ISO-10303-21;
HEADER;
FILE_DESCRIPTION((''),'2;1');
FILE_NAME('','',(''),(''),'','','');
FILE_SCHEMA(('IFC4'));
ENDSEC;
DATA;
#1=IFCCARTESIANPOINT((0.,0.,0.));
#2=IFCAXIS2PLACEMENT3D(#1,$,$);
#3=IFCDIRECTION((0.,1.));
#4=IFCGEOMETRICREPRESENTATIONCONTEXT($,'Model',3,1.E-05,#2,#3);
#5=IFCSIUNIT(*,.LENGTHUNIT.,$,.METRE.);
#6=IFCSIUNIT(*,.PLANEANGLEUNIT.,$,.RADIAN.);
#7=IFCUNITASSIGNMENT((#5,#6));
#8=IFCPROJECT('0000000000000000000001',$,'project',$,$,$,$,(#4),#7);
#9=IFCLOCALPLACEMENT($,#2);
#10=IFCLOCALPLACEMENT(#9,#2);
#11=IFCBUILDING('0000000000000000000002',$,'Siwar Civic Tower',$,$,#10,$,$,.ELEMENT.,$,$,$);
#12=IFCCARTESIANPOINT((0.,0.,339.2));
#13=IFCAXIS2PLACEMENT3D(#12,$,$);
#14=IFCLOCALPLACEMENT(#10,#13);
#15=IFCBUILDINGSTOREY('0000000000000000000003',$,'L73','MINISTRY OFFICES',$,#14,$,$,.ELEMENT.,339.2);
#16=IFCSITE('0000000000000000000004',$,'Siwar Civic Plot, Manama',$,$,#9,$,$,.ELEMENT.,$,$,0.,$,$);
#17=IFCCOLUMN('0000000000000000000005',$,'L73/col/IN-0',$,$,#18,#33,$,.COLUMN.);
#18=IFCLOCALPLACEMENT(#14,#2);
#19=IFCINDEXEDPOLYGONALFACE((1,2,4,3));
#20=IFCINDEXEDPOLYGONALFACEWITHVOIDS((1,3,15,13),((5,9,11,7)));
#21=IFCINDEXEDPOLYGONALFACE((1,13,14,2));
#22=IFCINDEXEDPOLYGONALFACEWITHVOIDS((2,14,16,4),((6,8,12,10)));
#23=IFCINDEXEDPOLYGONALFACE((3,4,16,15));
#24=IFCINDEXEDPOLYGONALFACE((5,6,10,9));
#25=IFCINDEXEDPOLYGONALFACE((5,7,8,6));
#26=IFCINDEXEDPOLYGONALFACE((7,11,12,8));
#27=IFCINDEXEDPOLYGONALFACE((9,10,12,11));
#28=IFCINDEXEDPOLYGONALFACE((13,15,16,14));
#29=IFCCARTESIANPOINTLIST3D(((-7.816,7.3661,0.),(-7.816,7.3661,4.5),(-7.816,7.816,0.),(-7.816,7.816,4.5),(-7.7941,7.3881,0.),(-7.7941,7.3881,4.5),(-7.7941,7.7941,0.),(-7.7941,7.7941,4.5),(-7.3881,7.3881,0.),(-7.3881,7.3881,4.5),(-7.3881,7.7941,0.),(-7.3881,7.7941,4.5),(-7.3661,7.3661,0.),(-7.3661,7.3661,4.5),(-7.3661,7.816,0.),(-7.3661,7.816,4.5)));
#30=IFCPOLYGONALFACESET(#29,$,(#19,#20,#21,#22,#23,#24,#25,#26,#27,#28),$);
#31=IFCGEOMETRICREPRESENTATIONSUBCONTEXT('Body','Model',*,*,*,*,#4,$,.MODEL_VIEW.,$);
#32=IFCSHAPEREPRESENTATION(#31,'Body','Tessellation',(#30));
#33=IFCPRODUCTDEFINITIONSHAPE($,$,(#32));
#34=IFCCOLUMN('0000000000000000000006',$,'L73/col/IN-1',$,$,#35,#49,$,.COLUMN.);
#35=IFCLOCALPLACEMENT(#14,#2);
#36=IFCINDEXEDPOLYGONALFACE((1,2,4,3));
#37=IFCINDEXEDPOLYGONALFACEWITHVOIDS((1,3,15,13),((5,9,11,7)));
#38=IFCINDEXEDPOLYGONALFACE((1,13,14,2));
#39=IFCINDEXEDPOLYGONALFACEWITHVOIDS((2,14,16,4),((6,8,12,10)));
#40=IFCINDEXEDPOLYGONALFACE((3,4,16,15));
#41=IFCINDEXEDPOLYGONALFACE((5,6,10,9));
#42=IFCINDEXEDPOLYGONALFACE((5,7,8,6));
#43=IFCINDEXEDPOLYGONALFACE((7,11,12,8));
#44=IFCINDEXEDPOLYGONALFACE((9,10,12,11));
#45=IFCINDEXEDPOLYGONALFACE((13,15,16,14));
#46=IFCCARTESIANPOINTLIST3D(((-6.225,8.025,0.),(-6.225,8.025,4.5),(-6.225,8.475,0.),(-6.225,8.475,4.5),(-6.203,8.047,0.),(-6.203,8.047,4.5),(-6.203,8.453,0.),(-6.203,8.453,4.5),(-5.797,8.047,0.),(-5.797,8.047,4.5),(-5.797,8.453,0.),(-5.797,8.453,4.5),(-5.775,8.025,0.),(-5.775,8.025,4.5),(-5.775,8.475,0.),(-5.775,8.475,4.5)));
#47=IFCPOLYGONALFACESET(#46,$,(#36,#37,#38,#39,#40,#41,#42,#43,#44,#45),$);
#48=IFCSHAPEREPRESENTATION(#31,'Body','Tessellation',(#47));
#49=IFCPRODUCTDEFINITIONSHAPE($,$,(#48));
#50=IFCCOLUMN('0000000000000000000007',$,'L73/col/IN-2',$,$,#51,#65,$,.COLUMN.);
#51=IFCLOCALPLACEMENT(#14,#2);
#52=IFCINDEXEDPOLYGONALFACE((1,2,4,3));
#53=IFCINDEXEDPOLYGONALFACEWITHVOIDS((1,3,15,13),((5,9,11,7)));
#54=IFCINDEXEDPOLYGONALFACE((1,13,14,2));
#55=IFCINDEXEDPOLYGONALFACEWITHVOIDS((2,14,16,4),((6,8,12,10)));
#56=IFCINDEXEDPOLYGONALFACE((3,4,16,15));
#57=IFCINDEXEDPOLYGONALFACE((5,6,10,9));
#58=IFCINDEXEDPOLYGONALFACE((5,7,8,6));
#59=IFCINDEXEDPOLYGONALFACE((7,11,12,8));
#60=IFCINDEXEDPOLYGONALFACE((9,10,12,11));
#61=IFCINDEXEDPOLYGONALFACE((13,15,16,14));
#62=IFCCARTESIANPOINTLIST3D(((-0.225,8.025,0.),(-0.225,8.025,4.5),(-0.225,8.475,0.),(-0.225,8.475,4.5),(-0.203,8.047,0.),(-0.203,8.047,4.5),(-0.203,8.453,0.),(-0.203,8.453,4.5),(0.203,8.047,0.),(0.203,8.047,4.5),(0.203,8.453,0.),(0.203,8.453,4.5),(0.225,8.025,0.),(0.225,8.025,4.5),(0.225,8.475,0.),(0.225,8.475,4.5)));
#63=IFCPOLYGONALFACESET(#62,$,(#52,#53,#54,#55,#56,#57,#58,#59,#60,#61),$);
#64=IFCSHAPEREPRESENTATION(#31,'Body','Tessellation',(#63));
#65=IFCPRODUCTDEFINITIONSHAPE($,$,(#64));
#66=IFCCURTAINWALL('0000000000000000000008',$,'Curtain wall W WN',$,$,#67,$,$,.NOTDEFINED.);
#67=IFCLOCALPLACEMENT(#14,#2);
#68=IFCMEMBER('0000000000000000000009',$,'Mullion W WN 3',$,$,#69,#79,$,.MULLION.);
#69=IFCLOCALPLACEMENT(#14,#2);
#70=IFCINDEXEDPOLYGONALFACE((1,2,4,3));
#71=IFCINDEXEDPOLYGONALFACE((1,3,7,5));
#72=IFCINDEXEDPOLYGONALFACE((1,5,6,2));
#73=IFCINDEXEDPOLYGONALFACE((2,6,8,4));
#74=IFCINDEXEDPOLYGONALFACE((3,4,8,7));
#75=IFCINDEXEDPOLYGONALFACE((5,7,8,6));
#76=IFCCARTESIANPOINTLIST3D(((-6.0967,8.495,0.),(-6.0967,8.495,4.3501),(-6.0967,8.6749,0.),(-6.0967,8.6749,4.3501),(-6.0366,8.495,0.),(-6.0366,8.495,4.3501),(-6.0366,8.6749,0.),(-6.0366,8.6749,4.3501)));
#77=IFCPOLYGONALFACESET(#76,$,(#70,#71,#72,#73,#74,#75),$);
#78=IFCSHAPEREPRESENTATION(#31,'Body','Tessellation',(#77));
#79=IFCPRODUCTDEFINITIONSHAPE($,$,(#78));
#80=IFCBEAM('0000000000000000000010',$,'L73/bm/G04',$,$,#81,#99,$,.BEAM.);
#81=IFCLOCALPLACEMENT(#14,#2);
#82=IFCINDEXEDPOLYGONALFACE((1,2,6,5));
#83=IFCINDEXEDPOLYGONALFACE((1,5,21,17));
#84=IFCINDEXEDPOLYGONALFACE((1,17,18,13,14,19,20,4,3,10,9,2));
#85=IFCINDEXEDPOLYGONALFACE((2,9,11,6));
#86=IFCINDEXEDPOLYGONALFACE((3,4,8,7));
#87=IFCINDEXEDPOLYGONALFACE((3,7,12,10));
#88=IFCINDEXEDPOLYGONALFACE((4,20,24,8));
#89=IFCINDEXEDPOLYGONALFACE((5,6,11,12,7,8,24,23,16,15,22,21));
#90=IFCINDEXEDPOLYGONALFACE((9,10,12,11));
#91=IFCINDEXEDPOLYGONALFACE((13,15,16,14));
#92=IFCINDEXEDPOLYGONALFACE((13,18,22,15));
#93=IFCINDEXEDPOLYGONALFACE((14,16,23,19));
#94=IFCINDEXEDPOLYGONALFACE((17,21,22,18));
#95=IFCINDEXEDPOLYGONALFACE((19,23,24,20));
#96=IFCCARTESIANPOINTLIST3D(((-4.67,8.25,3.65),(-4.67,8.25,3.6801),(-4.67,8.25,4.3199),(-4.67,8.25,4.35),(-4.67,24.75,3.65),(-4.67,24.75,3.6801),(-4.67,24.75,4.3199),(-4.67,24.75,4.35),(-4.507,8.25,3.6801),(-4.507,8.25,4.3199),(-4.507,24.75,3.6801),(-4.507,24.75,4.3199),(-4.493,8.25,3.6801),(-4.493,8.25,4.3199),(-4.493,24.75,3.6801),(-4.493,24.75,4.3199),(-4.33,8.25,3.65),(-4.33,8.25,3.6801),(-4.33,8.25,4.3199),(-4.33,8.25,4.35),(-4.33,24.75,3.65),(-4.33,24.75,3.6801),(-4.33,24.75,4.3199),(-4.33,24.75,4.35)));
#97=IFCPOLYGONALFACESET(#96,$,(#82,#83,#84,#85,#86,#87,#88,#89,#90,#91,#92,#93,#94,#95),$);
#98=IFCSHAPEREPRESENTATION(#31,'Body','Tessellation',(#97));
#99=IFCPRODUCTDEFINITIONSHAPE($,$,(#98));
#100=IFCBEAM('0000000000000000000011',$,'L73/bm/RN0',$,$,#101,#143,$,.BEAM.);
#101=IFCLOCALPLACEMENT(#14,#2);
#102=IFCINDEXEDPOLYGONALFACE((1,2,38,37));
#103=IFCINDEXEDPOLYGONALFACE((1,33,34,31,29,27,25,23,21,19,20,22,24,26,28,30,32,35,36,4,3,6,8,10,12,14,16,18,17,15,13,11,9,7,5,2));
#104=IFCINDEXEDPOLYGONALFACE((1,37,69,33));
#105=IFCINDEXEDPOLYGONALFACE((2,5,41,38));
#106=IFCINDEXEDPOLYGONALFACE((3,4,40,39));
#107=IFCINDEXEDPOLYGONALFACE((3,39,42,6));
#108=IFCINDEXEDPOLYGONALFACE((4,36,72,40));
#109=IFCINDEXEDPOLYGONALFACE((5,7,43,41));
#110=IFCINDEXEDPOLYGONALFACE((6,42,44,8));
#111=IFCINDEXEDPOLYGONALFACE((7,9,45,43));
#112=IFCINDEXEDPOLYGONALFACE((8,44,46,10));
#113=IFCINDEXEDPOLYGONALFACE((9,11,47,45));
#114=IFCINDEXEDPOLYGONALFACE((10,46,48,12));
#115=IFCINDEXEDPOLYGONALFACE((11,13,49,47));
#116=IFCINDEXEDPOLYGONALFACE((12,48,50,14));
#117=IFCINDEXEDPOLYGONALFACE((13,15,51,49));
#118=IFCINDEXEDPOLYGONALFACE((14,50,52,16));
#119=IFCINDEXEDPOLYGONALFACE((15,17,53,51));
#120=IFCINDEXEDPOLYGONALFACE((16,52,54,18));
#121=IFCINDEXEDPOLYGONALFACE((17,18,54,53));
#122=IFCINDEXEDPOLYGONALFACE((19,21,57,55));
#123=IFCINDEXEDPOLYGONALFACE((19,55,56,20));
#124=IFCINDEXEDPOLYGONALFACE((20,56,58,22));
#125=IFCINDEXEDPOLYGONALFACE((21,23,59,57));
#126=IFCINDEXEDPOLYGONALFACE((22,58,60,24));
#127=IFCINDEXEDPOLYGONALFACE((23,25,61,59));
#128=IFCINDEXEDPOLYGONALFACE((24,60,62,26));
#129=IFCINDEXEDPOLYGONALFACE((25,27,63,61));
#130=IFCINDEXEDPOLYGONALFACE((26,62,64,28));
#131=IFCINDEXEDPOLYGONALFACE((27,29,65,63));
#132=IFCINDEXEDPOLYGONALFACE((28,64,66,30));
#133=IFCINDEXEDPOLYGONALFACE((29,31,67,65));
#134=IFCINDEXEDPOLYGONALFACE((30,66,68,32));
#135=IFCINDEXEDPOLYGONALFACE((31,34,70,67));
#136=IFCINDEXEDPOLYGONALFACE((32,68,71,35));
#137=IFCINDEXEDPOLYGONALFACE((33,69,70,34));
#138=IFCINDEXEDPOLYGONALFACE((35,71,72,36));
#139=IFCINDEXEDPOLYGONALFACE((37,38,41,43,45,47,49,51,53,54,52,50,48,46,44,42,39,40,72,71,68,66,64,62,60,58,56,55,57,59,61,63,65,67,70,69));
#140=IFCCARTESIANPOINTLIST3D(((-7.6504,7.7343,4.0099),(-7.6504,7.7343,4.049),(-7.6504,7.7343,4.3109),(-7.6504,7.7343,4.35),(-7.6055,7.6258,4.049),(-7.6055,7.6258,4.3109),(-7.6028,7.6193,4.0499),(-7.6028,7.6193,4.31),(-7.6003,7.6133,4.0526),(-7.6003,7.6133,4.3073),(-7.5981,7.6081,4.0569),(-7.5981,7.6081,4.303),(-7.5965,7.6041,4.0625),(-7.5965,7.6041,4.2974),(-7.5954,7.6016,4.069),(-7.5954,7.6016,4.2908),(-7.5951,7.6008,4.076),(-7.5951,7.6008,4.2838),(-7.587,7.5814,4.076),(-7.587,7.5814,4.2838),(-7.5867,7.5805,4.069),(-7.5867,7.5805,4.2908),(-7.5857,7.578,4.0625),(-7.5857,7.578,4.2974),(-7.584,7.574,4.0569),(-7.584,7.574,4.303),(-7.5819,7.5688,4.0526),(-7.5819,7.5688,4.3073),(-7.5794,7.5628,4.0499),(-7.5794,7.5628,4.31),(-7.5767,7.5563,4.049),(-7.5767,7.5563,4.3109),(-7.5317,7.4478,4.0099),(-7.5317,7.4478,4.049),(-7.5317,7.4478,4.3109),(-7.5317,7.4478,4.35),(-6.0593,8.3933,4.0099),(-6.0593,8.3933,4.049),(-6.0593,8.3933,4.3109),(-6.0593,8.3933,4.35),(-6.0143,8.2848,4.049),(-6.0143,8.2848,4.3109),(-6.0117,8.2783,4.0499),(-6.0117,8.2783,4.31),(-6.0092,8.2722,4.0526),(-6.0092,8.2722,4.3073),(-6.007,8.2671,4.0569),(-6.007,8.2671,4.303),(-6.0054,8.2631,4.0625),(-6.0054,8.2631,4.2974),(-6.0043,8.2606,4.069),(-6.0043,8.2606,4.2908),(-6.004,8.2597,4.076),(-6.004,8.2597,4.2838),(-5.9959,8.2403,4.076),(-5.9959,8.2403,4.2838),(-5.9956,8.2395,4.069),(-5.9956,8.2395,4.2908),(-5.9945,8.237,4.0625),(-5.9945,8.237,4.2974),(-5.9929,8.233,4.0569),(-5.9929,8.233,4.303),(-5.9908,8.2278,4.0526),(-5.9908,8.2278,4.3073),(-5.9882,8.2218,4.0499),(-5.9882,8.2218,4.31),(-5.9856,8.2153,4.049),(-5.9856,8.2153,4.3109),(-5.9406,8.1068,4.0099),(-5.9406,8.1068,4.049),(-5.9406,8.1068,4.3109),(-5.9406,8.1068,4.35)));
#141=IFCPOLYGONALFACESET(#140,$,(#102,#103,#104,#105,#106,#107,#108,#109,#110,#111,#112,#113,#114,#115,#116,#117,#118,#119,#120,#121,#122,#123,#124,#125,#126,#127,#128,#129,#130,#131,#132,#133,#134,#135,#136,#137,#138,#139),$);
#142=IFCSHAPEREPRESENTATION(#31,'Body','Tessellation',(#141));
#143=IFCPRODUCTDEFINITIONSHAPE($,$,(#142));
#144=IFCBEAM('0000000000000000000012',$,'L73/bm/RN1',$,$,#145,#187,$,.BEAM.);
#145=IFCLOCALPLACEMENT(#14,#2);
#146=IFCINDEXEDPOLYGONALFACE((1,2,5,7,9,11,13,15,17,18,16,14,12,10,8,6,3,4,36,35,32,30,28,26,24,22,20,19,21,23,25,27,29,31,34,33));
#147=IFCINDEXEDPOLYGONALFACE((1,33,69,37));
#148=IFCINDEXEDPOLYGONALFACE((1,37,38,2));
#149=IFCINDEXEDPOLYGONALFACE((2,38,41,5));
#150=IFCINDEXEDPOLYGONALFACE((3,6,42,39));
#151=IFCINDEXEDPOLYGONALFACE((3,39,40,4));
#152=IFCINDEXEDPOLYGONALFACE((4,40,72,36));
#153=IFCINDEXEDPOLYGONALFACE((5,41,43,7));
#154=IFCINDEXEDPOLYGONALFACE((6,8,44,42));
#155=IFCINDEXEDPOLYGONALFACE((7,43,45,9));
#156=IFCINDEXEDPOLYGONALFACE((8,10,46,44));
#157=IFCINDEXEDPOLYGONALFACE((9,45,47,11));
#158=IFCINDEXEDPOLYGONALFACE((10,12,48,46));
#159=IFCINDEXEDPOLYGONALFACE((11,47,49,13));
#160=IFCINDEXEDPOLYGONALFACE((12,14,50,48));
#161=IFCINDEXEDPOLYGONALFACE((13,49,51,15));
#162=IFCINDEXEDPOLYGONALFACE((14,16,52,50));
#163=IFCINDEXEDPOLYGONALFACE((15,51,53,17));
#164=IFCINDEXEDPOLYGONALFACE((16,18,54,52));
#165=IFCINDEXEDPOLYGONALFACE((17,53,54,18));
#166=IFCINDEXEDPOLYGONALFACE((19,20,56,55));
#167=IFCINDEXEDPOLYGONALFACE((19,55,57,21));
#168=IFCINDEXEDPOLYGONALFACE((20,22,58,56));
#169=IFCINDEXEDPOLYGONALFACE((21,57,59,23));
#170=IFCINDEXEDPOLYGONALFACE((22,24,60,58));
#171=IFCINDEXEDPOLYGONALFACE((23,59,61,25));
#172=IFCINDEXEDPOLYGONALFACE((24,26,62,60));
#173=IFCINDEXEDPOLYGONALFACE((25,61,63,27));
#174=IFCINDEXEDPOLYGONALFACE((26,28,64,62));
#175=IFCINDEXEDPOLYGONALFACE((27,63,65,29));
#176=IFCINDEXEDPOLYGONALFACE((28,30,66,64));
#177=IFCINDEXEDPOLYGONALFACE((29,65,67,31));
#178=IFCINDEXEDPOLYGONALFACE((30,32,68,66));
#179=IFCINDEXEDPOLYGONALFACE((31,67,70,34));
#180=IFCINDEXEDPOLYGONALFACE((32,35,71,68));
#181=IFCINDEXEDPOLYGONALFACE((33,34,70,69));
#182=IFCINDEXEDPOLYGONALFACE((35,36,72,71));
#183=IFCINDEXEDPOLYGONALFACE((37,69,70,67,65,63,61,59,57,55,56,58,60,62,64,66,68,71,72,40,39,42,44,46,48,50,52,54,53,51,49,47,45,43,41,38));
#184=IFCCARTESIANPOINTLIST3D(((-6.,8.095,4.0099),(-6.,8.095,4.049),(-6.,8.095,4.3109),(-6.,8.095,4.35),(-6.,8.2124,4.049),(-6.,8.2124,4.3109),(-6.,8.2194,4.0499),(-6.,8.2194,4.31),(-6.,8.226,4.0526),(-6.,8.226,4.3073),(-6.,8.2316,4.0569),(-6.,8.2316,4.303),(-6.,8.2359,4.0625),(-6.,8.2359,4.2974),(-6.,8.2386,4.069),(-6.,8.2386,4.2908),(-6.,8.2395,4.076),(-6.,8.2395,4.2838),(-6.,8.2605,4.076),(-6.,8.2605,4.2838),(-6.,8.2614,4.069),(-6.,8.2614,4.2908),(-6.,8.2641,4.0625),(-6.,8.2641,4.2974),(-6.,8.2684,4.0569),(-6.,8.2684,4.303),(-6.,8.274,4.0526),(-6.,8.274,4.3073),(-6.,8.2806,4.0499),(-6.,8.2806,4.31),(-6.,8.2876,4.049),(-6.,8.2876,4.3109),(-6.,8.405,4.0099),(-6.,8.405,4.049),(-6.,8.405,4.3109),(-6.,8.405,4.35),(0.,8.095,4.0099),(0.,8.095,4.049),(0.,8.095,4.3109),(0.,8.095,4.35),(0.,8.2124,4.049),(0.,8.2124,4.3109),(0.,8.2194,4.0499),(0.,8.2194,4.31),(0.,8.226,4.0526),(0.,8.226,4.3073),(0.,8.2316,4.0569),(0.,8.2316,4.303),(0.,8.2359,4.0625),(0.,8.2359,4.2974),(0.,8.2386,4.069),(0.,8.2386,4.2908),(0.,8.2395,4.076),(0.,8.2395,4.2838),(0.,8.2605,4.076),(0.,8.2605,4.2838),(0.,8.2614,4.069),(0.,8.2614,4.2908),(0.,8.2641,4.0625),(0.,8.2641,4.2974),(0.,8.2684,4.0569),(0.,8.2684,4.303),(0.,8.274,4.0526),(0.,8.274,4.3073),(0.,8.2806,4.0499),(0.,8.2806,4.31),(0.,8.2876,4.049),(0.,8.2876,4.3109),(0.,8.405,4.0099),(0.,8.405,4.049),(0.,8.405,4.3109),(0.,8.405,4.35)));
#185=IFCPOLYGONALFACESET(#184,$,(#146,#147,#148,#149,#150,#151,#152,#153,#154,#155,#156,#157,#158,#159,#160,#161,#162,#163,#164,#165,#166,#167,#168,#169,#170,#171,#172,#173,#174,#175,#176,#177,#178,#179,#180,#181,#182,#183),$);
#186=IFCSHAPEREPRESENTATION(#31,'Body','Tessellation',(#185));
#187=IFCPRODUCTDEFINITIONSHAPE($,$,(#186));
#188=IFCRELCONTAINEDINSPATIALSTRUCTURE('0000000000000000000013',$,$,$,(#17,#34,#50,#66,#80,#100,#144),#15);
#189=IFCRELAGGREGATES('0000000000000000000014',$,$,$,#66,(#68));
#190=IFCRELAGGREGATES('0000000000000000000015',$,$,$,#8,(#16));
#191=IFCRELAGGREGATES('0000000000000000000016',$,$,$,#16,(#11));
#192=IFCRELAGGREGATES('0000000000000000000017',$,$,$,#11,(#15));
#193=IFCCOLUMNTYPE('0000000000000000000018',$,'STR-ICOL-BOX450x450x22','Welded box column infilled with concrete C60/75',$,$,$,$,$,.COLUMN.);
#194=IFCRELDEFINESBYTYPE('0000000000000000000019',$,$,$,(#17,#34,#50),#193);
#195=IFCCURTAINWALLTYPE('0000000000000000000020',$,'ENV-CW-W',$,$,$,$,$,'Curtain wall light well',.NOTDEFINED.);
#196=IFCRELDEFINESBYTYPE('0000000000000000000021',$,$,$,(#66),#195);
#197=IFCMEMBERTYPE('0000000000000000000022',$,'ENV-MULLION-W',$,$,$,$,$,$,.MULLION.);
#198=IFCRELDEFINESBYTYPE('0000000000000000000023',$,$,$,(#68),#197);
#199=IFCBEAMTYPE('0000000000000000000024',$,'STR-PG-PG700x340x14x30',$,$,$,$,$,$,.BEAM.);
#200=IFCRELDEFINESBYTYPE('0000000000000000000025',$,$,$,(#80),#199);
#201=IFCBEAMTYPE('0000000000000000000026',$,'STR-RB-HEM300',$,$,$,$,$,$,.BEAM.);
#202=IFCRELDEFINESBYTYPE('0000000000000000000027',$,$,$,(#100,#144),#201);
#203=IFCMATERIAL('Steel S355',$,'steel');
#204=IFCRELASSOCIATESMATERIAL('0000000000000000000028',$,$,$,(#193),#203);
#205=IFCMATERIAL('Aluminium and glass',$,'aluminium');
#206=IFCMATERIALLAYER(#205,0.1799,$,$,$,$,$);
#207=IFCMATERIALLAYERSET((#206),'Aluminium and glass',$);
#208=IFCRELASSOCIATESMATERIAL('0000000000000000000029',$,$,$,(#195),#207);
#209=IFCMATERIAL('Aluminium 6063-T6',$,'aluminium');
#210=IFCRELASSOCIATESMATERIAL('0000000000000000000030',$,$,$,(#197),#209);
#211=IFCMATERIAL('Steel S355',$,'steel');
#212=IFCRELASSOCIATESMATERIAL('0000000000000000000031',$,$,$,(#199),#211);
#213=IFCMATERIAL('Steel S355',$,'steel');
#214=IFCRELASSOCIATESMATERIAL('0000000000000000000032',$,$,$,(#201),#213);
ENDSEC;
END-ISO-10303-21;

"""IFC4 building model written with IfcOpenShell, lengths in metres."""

from ifc_helpers import new_model, si_unit, direction, frame, origin, origin_2d, place, context, subcontext, project, spatial, rectangle, hollow_rectangle, i_section, extrude, material, layer, layer_set, material_profile, profile_set, type_object, element, aggregate, save


model = new_model("IFC4")

# Units and contexts
model_context = context("Model", 3, precision=1e-05, world=origin(), true_north=direction((0.0, 1.0)))
body_context = subcontext(model_context, "Body", "Model", "MODEL_VIEW")
ifc_project = project(units=[si_unit("LENGTHUNIT", "METRE"), si_unit("PLANEANGLEUNIT", "RADIAN")], contexts=[model_context])

# Site, building, storey
site_placement = place(None, origin())
site = spatial("IfcSite", under=ifc_project, at=site_placement, Name="Siwar Civic Plot, Manama", CompositionType="ELEMENT", RefElevation=0.0)
building_placement = place(site_placement, origin())
building = spatial("IfcBuilding", under=site, at=building_placement, Name="Siwar Civic Tower", CompositionType="ELEMENT")
storey_placement = place(building_placement, frame((0.0, 0.0, 339.2)))
storey = spatial("IfcBuildingStorey", under=building, at=storey_placement, Name="L73", Description="MINISTRY OFFICES", CompositionType="ELEMENT", Elevation=339.2)

# Columns
ifc_material_1 = material(Name="Steel S355", Category="steel")
ifc_material_profile_1 = material_profile(ifc_material_1, hollow_rectangle(XDim=0.45, YDim=0.45, WallThickness=0.022, at=origin_2d()), Name="BOX450x450x22")
ifc_profile_set_1 = profile_set([ifc_material_profile_1], Name="Steel S355")
column_type = type_object("IfcColumnType", Name="STR-ICOL-BOX450x450x22", Description="Welded box column infilled with concrete C60/75", PredefinedType="COLUMN", material=ifc_profile_set_1)
for number, where, z_axis, x_axis, name in (
    (1, (-7.5911, 7.5911, 0.0), (0.0, 0.0, 1.0), (1.0, 0.0, 0.0), "L73/col/IN-0"),
    (2, (-6.0, 8.25, 0.0), (0.0, 0.0, 1.0), (1.0, 0.0, 0.0), "L73/col/IN-1"),
    (3, (0.0, 8.25, 0.0), (0.0, 0.0, 1.0), (1.0, 0.0, 0.0), "L73/col/IN-2"),
):
    element("IfcColumn", number, at=place(storey_placement, frame(where, z_axis=z_axis, x_axis=x_axis)), inside=storey, type_object=column_type, Name=name, PredefinedType="COLUMN", context=body_context, shape_type="SweptSolid", body=[
        extrude(hollow_rectangle(XDim=0.45, YDim=0.45, WallThickness=0.022, at=origin_2d()), origin(), (0.0, 0.0, 1.0), 4.5),
    ])

# Curtain wall, member
ifc_material_2 = material(Name="Aluminium and glass", Category="aluminium")
ifc_layer_1 = layer(ifc_material_2, 0.1799)
ifc_layer_set_1 = layer_set([ifc_layer_1], Name="Aluminium and glass")
curtain_wall_type = type_object("IfcCurtainWallType", Name="ENV-CW-W", ElementType="Curtain wall light well", PredefinedType="NOTDEFINED", material=ifc_layer_set_1)
curtain_wall_placement = place(storey_placement, origin())
curtain_wall = element("IfcCurtainWall", 4, at=curtain_wall_placement, inside=storey, type_object=curtain_wall_type, Name="Curtain wall W WN", PredefinedType="NOTDEFINED")
ifc_material_3 = material(Name="Aluminium 6063-T6", Category="aluminium")
ifc_material_profile_2 = material_profile(ifc_material_3, rectangle(XDim=0.1799, YDim=0.0601, at=origin_2d()), Name="AL 180x60")
ifc_profile_set_2 = profile_set([ifc_material_profile_2], Name="Aluminium 6063-T6")
member_type = type_object("IfcMemberType", Name="ENV-MULLION-W", PredefinedType="MULLION", material=ifc_profile_set_2)
member_placement = place(storey_placement, frame((-6.0667, 8.585, 0.0), z_axis=(0.0, 0.0, 1.0), x_axis=(0.0, -1.0, 0.0)))
member = element("IfcMember", 5, at=member_placement, type_object=member_type, Name="Mullion W WN 3", PredefinedType="MULLION", context=body_context, shape_type="SweptSolid", body=[
    extrude(rectangle(XDim=0.1799, YDim=0.0601, at=origin_2d()), origin(), (0.0, 0.0, 1.0), 4.3501),
])
aggregate(curtain_wall, [member])

# Beams
ifc_material_4 = material(Name="Steel S355", Category="steel")
ifc_material_profile_3 = material_profile(ifc_material_4, i_section(OverallWidth=0.3401, OverallDepth=0.7, WebThickness=0.0139, FlangeThickness=0.03, at=origin_2d()), Name="PG700x340x14x30")
ifc_profile_set_3 = profile_set([ifc_material_profile_3], Name="Steel S355")
beam_type_1 = type_object("IfcBeamType", Name="STR-PG-PG700x340x14x30", PredefinedType="BEAM", material=ifc_profile_set_3)
beam_1_placement = place(storey_placement, frame((-4.5, 8.25, 4.0), z_axis=(0.0, 1.0, 0.0), x_axis=(-1.0, 0.0, 0.0)))
element("IfcBeam", 6, at=beam_1_placement, inside=storey, type_object=beam_type_1, Name="L73/bm/G04", PredefinedType="BEAM", context=body_context, shape_type="SweptSolid", body=[
    extrude(i_section(OverallWidth=0.3401, OverallDepth=0.7, WebThickness=0.0139, FlangeThickness=0.03, at=origin_2d()), origin(), (0.0, 0.0, 1.0), 16.5),
])
ifc_material_5 = material(Name="Steel S355", Category="steel")
ifc_material_profile_4 = material_profile(ifc_material_5, i_section(OverallWidth=0.3101, OverallDepth=0.3401, WebThickness=0.021, FlangeThickness=0.0391, FilletRadius=0.0271, at=origin_2d()), Name="HEM300")
ifc_profile_set_4 = profile_set([ifc_material_profile_4], Name="Steel S355")
beam_type_2 = type_object("IfcBeamType", Name="STR-RB-HEM300", PredefinedType="BEAM", material=ifc_profile_set_4)
beam_2_placement = place(storey_placement, frame((-7.5911, 7.5911, 4.1799), z_axis=(0.923901, 0.382631, 0.0), x_axis=(-0.382631, 0.923901, 0.0)))
element("IfcBeam", 7, at=beam_2_placement, inside=storey, type_object=beam_type_2, Name="L73/bm/RN0", PredefinedType="BEAM", context=body_context, shape_type="SweptSolid", body=[
    extrude(i_section(OverallWidth=0.3101, OverallDepth=0.3401, WebThickness=0.021, FlangeThickness=0.0391, FilletRadius=0.0271, at=origin_2d()), origin(), (0.0, 0.0, 1.0), 1.7222),
])
for number, where, z_axis, x_axis, name in (
    (8, (-6.0, 8.25, 4.1799), (1.0, 0.0, 0.0), (0.0, 1.0, 0.0), "L73/bm/RN1"),
):
    element("IfcBeam", number, at=place(storey_placement, frame(where, z_axis=z_axis, x_axis=x_axis)), inside=storey, type_object=beam_type_2, Name=name, PredefinedType="BEAM", context=body_context, shape_type="SweptSolid", body=[
        extrude(i_section(OverallWidth=0.3101, OverallDepth=0.3401, WebThickness=0.021, FlangeThickness=0.0391, FilletRadius=0.0271, at=origin_2d()), origin(), (0.0, 0.0, 1.0), 6.0),
    ])

save(model, "model.ifc")
